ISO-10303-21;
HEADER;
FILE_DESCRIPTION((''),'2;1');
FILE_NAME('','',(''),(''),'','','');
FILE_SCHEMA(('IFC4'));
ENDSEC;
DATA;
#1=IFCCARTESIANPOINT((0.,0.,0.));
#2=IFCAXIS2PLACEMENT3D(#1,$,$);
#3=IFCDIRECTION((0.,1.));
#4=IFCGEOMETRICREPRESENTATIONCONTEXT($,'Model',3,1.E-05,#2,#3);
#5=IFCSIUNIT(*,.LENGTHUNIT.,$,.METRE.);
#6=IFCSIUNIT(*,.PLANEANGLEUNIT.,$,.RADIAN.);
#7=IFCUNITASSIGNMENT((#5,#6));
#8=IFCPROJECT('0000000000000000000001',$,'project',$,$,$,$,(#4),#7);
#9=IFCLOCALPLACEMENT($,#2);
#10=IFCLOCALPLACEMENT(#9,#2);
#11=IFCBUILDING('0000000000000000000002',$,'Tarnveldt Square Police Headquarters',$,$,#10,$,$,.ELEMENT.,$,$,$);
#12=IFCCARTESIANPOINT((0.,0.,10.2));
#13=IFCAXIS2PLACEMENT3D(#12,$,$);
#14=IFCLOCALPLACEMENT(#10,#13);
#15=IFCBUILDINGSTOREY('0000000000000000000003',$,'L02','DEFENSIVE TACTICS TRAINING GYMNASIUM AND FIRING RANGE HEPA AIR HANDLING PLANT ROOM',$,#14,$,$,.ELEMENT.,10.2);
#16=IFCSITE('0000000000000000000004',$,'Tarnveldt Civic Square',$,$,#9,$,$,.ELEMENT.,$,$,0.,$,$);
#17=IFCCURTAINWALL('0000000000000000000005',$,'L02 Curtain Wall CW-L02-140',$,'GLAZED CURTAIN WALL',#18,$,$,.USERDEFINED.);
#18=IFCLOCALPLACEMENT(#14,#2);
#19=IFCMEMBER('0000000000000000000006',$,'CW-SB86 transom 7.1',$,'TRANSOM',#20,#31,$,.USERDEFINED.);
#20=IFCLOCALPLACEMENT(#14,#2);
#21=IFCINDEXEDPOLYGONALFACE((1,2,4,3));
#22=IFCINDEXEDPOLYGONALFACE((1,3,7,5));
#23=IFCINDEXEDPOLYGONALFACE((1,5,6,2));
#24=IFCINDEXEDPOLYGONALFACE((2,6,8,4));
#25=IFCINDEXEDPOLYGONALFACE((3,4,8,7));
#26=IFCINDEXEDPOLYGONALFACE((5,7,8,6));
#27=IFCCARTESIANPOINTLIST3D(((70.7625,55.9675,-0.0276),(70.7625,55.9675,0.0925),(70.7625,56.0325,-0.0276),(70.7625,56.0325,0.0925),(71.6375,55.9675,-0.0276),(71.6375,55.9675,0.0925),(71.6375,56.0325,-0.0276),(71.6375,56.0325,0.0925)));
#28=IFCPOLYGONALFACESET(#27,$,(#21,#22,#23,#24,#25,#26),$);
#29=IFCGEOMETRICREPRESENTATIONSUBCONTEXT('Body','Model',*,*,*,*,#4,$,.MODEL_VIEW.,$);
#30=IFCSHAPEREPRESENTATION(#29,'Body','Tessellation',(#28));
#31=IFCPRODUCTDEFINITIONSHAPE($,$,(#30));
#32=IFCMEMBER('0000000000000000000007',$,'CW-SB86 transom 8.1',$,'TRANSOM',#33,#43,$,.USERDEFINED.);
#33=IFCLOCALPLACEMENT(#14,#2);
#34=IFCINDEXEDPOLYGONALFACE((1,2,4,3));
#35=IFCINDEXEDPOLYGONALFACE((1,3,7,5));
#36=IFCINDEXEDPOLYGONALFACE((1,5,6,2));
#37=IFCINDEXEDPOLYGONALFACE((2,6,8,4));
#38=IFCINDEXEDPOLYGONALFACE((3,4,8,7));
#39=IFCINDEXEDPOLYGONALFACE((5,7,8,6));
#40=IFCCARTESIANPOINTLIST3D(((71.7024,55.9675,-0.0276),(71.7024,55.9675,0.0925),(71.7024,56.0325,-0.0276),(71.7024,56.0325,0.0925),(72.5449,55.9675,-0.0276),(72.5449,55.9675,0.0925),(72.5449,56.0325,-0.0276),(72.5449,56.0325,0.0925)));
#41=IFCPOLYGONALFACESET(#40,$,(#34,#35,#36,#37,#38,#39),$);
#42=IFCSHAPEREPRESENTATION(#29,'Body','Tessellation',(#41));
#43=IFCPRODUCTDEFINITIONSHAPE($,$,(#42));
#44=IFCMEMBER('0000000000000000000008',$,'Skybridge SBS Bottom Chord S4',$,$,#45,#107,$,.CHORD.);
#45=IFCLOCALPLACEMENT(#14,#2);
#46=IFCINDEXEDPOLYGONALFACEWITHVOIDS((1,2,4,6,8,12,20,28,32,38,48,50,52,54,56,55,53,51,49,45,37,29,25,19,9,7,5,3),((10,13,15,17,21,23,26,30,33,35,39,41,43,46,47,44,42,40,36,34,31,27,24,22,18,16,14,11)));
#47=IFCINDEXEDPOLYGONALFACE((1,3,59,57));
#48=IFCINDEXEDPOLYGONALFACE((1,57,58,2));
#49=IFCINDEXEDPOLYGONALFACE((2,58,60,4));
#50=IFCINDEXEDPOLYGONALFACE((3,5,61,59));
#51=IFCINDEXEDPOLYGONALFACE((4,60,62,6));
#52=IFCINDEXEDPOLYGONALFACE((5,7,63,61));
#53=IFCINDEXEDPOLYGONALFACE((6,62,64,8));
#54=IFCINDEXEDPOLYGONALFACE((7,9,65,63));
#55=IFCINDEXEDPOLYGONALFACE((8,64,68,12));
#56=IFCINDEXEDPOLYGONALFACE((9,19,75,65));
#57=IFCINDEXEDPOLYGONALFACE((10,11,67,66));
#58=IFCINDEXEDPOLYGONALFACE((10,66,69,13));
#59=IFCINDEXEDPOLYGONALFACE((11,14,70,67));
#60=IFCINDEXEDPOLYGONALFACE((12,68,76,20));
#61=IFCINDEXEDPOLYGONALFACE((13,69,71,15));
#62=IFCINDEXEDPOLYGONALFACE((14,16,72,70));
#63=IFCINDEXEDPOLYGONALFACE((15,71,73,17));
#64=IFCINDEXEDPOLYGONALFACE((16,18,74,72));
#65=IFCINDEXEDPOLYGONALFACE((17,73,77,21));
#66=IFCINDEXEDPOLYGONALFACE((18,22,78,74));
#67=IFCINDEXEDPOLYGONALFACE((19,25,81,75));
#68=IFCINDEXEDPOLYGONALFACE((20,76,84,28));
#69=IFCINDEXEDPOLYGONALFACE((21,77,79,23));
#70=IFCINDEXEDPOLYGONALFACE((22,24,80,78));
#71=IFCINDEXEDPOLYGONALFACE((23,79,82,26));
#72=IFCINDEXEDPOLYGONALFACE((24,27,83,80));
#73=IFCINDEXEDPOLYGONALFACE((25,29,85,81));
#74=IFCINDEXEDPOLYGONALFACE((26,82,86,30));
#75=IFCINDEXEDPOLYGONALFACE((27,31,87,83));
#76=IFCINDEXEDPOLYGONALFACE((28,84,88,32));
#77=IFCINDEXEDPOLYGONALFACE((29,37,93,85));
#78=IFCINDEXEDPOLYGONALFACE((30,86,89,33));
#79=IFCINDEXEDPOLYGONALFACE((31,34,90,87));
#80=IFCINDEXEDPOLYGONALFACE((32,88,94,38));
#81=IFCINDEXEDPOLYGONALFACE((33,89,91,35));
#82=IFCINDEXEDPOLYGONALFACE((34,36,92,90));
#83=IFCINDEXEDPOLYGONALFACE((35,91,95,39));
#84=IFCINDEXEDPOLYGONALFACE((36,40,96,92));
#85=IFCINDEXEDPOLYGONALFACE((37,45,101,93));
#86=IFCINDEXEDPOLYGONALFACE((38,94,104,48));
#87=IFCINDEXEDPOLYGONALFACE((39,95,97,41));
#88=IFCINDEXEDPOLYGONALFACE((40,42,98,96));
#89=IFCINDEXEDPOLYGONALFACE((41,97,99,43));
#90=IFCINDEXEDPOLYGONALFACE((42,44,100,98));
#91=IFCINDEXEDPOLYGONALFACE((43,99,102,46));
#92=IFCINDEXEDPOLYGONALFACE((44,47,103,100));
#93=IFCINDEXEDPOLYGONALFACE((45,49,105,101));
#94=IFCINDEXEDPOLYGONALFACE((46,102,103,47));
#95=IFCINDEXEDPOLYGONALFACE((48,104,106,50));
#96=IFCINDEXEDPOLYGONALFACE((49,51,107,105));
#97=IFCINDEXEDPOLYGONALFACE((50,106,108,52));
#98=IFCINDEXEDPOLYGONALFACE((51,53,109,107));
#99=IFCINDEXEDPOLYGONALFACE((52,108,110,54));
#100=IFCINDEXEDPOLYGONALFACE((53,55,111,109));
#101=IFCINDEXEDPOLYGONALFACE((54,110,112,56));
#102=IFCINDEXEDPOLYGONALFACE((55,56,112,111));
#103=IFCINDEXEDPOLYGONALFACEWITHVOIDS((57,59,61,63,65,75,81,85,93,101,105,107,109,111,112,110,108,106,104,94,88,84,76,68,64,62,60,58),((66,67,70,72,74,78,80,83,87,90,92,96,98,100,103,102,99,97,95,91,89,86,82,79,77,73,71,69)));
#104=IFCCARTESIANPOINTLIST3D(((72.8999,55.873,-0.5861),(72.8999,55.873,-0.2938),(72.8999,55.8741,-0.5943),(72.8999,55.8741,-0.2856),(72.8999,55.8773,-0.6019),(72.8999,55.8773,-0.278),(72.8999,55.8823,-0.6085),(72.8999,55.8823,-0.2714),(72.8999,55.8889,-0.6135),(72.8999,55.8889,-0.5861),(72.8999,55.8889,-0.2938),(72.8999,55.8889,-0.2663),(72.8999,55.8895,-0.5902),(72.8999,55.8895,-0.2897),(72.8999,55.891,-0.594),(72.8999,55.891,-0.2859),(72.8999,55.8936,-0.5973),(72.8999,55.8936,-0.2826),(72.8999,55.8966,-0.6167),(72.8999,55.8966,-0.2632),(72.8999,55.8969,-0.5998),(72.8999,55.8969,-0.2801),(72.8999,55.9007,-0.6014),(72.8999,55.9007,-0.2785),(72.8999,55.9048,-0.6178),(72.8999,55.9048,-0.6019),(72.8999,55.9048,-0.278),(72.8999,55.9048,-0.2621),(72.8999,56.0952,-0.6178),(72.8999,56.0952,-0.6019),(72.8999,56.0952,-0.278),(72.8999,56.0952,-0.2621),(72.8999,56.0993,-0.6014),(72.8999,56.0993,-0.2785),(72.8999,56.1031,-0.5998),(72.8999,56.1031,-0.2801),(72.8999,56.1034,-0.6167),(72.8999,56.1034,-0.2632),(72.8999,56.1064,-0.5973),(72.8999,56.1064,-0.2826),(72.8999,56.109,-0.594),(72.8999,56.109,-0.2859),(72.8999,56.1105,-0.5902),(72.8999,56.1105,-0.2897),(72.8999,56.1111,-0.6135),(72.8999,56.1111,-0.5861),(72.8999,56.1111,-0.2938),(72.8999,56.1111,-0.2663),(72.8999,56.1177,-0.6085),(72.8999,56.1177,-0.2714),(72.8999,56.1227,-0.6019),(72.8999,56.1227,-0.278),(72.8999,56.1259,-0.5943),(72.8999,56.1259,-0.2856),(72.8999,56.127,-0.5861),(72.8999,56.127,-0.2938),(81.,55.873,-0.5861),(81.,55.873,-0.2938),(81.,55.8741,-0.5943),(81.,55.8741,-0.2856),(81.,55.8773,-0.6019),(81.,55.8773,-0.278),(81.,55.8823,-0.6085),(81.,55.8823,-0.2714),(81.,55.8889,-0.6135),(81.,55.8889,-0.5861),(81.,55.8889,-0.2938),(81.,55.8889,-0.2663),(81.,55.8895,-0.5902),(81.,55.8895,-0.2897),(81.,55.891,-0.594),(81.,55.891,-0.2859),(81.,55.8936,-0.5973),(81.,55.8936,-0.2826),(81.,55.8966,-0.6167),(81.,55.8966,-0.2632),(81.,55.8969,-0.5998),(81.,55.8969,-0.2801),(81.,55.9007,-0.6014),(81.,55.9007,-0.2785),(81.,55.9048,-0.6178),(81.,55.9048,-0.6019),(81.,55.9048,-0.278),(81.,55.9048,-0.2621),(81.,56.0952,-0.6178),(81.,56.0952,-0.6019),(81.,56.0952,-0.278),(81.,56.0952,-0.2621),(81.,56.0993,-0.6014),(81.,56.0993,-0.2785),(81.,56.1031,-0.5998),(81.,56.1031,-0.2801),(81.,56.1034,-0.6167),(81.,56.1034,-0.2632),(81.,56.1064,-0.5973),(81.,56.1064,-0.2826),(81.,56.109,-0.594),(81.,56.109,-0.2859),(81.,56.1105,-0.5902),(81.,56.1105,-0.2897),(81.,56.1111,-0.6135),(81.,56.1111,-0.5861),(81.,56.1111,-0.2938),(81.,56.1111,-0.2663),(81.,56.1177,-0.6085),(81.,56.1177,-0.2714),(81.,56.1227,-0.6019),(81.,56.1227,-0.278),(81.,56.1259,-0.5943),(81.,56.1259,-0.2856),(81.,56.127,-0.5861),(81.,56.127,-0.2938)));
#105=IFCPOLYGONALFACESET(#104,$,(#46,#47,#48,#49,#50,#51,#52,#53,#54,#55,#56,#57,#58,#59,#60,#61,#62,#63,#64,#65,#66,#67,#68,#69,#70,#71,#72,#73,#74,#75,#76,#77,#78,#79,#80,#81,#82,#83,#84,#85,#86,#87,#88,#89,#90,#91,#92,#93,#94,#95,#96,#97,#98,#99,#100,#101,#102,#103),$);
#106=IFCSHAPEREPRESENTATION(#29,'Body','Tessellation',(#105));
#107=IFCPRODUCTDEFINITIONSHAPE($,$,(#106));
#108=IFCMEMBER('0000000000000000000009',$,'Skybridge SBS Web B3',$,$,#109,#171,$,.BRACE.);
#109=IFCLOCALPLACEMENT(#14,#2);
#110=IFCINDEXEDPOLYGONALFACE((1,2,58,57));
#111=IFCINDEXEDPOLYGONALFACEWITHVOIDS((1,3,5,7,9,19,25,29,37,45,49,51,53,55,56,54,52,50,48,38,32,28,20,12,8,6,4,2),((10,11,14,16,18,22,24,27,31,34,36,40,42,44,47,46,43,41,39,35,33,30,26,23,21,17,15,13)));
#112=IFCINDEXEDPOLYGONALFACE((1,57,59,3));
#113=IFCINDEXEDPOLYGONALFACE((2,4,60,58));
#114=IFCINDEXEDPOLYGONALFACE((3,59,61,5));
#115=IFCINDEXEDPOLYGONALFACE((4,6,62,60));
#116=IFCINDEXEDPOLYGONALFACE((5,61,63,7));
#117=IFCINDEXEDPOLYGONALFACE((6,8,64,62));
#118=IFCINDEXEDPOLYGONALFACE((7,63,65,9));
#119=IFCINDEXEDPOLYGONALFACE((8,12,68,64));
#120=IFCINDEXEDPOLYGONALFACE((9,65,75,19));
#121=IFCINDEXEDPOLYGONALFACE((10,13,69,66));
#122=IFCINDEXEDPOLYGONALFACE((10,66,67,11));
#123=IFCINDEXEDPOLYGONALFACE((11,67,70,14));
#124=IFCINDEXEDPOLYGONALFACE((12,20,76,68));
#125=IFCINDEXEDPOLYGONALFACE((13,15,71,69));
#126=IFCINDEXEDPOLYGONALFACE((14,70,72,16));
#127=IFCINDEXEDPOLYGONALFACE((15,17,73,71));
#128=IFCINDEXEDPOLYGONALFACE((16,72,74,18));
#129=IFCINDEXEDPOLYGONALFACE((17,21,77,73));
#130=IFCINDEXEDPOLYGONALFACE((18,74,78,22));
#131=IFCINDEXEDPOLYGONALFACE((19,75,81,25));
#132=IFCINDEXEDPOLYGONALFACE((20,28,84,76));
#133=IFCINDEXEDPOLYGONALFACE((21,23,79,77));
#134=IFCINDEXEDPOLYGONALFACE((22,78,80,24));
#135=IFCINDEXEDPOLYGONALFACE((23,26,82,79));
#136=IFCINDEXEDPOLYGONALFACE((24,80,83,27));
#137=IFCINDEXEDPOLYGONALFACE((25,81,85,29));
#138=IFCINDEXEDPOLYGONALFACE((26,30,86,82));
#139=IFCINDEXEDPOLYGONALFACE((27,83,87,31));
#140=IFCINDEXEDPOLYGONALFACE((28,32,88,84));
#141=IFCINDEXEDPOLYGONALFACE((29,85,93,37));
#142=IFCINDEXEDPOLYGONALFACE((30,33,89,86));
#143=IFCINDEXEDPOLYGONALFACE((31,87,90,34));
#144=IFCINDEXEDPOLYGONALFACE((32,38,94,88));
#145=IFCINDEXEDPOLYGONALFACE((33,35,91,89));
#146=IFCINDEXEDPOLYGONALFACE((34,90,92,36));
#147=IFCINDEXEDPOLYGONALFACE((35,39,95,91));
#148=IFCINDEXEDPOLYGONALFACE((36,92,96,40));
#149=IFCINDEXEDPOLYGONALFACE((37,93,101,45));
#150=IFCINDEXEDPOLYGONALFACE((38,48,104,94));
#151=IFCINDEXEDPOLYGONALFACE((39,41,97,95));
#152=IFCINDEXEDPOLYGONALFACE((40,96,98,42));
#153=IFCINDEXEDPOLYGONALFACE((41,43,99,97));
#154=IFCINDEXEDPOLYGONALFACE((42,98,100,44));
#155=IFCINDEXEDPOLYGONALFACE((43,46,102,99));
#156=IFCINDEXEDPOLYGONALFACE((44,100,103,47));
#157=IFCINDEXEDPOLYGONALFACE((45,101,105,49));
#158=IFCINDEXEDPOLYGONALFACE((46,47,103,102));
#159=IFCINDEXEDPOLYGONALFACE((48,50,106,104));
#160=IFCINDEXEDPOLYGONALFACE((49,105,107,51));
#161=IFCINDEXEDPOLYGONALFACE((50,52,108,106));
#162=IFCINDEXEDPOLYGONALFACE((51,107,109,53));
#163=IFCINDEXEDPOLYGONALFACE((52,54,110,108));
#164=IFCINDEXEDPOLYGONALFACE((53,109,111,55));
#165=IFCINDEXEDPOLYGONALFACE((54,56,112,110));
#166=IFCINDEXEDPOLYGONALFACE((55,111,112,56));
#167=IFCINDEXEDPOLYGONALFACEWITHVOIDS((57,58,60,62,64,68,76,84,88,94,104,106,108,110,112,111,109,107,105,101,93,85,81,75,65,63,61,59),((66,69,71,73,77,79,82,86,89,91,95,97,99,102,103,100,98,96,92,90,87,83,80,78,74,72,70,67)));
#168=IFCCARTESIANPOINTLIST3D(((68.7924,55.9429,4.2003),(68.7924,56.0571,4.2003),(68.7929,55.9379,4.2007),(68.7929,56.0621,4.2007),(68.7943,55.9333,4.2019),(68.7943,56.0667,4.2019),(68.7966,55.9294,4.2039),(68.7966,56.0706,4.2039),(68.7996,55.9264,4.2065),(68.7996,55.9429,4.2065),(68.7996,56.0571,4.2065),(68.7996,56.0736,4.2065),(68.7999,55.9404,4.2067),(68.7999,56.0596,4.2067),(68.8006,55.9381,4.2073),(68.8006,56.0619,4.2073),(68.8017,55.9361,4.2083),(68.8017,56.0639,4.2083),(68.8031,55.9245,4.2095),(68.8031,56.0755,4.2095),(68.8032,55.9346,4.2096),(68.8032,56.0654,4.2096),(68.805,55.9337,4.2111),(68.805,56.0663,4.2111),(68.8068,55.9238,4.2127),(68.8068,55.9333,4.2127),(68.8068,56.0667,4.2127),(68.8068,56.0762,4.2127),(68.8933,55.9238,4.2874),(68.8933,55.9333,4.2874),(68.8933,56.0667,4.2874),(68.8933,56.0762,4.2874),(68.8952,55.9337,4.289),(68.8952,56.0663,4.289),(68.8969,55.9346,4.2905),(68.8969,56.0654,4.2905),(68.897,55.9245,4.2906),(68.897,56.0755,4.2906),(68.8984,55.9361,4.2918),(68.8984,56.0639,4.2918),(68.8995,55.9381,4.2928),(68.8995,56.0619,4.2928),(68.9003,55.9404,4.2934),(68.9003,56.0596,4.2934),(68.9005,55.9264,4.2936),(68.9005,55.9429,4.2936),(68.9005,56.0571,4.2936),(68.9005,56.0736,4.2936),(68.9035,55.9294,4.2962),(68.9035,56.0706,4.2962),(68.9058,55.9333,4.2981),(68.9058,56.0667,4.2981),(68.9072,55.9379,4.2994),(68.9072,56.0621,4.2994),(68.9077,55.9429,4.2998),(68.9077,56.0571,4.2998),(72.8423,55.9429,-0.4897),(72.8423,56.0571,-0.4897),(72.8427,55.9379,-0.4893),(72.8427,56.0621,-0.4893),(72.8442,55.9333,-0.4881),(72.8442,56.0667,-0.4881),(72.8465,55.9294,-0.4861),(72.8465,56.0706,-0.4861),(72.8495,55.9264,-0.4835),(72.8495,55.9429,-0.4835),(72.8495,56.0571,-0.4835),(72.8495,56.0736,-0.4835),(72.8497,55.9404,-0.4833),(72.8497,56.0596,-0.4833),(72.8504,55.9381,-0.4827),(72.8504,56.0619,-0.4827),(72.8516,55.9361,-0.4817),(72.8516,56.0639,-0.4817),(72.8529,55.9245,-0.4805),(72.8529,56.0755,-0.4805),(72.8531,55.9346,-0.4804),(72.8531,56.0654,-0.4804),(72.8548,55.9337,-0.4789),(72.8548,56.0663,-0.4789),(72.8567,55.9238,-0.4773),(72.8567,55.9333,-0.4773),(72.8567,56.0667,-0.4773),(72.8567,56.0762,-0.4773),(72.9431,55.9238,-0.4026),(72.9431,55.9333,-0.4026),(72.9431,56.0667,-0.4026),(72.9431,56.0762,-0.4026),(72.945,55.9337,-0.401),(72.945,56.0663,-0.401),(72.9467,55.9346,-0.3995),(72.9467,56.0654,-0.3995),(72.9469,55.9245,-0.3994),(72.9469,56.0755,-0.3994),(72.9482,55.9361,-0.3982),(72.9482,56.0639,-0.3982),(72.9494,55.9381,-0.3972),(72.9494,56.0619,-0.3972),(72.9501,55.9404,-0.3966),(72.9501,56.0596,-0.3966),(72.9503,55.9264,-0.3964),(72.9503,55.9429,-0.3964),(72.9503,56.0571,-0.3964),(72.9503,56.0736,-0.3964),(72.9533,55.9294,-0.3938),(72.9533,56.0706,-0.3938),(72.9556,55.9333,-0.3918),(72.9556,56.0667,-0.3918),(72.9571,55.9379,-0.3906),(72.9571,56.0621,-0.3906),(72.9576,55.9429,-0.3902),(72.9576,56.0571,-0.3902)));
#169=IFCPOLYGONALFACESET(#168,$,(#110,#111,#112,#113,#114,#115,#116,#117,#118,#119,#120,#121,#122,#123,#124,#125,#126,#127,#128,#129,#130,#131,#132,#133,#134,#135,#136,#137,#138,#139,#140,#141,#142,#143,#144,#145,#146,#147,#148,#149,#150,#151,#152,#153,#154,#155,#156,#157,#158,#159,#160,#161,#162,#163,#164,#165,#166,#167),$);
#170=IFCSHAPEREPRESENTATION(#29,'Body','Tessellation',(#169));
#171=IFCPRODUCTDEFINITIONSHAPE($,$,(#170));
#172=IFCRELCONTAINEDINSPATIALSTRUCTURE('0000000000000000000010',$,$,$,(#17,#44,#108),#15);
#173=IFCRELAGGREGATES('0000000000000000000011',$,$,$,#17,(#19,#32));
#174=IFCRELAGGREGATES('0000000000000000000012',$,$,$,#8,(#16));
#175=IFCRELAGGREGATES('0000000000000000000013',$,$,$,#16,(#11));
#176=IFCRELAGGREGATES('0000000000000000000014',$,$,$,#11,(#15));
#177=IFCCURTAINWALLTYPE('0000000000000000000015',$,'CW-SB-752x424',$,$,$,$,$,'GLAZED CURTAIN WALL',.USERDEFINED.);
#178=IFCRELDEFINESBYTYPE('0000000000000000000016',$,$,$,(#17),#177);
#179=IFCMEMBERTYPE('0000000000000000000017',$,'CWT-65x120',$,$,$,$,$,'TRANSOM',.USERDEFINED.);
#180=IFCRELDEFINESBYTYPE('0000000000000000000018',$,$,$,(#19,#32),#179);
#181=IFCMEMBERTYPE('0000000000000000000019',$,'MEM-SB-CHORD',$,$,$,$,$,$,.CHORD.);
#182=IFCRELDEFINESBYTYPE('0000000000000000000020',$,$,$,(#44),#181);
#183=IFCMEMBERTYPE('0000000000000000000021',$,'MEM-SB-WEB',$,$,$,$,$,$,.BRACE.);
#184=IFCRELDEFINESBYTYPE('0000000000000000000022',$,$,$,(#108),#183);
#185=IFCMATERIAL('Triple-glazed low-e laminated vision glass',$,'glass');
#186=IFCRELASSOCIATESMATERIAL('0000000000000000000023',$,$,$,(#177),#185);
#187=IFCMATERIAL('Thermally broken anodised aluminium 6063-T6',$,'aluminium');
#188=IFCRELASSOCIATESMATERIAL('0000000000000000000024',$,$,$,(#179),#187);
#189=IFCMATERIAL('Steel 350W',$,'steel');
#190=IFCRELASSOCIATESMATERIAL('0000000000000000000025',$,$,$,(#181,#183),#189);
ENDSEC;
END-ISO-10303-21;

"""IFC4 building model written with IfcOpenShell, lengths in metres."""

from ifc_helpers import new_model, si_unit, direction, frame, origin, origin_2d, place, context, subcontext, project, spatial, rectangle, hollow_rectangle, extrude, material, material_profile, profile_set, type_object, element, aggregate, save


model = new_model("IFC4")

# Units and contexts
model_context = context("Model", 3, precision=1e-05, world=origin(), true_north=direction((0.0, 1.0)))
body_context = subcontext(model_context, "Body", "Model", "MODEL_VIEW")
ifc_project = project(units=[si_unit("LENGTHUNIT", "METRE"), si_unit("PLANEANGLEUNIT", "RADIAN")], contexts=[model_context])

# Site, building, storey
site_placement = place(None, origin())
site = spatial("IfcSite", under=ifc_project, at=site_placement, Name="Tarnveldt Civic Square", CompositionType="ELEMENT", RefElevation=0.0)
building_placement = place(site_placement, origin())
building = spatial("IfcBuilding", under=site, at=building_placement, Name="Tarnveldt Square Police Headquarters", CompositionType="ELEMENT")
storey_placement = place(building_placement, frame((0.0, 0.0, 10.2)))
storey = spatial("IfcBuildingStorey", under=building, at=storey_placement, Name="L02", Description="DEFENSIVE TACTICS TRAINING GYMNASIUM AND FIRING RANGE HEPA AIR HANDLING PLANT ROOM", CompositionType="ELEMENT", Elevation=10.2)

# Shared definitions
ifc_material_1 = material(Name="Steel 350W", Category="steel")

# Curtain wall
ifc_material_2 = material(Name="Triple-glazed low-e laminated vision glass", Category="glass")
curtain_wall_type = type_object("IfcCurtainWallType", Name="CW-SB-752x424", ElementType="GLAZED CURTAIN WALL", PredefinedType="USERDEFINED", material=ifc_material_2)
curtain_wall_1_placement = place(storey_placement, origin())
curtain_wall_1 = element("IfcCurtainWall", 1, at=curtain_wall_1_placement, inside=storey, type_object=curtain_wall_type, Name="L02 Curtain Wall CW-L02-140", ObjectType="GLAZED CURTAIN WALL", PredefinedType="USERDEFINED")
ifc_material_3 = material(Name="Thermally broken anodised aluminium 6063-T6", Category="aluminium")

# Members
ifc_material_profile_1 = material_profile(ifc_material_3, rectangle(XDim=0.0649, YDim=0.1201, at=origin_2d()), Name="CW-T65x120")
ifc_profile_set_1 = profile_set([ifc_material_profile_1], Name="Thermally broken anodised aluminium 6063-T6")
member_type_1 = type_object("IfcMemberType", Name="CWT-65x120", ElementType="TRANSOM", PredefinedType="USERDEFINED", material=ifc_profile_set_1)
member_1_placement = place(storey_placement, frame((70.7625, 56.0, 0.0325), z_axis=(1.0, 0.0, 0.0), x_axis=(0.0, 1.0, 0.0)))
member_1 = element("IfcMember", 2, at=member_1_placement, type_object=member_type_1, Name="CW-SB86 transom 7.1", ObjectType="TRANSOM", PredefinedType="USERDEFINED", context=body_context, shape_type="SweptSolid", body=[
    extrude(rectangle(XDim=0.0649, YDim=0.1201, at=origin_2d()), origin(), (0.0, 0.0, 1.0), 0.875),
])
member_2_placement = place(storey_placement, frame((71.7024, 56.0, 0.0325), z_axis=(1.0, 0.0, 0.0), x_axis=(0.0, 1.0, 0.0)))
member_2 = element("IfcMember", 3, at=member_2_placement, type_object=member_type_1, Name="CW-SB86 transom 8.1", ObjectType="TRANSOM", PredefinedType="USERDEFINED", context=body_context, shape_type="SweptSolid", body=[
    extrude(rectangle(XDim=0.0649, YDim=0.1201, at=origin_2d()), origin(), (0.0, 0.0, 1.0), 0.8425),
])

# Members
ifc_material_profile_2 = material_profile(ifc_material_1, hollow_rectangle(XDim=0.2539, YDim=0.3557, WallThickness=0.0159, InnerFilletRadius=0.0159, OuterFilletRadius=0.0317, at=origin_2d()), Name="HSS356x254x16")
ifc_profile_set_2 = profile_set([ifc_material_profile_2], Name="Steel 350W")
member_type_2 = type_object("IfcMemberType", Name="MEM-SB-CHORD", PredefinedType="CHORD", material=ifc_profile_set_2)
member_3_placement = place(storey_placement, frame((72.8999, 56.0, -0.4399), z_axis=(1.0, 0.0, 0.0), x_axis=(0.0, 1.0, 0.0)))
element("IfcMember", 4, at=member_3_placement, inside=storey, type_object=member_type_2, Name="Skybridge SBS Bottom Chord S4", PredefinedType="CHORD", context=body_context, shape_type="SweptSolid", body=[
    extrude(hollow_rectangle(XDim=0.2539, YDim=0.3557, WallThickness=0.0159, InnerFilletRadius=0.0159, OuterFilletRadius=0.0317, at=origin_2d()), origin(), (0.0, 0.0, 1.0), 8.1001),
])
ifc_material_profile_3 = material_profile(ifc_material_1, hollow_rectangle(XDim=0.1523, YDim=0.1523, WallThickness=0.0095, InnerFilletRadius=0.0095, OuterFilletRadius=0.019, at=origin_2d()), Name="HSS152x152x9.5")
ifc_profile_set_3 = profile_set([ifc_material_profile_3], Name="Steel 350W")
member_type_3 = type_object("IfcMemberType", Name="MEM-SB-WEB", PredefinedType="BRACE", material=ifc_profile_set_3)
for number, where, z_axis, x_axis, name in (
    (5, (72.8999, 56.0, -0.4399), (-0.653564, 0.0, 0.756871), (0.0, -1.0, 0.0), "Skybridge SBS Web B3"),
):
    element("IfcMember", number, at=place(storey_placement, frame(where, z_axis=z_axis, x_axis=x_axis)), inside=storey, type_object=member_type_3, Name=name, PredefinedType="BRACE", context=body_context, shape_type="SweptSolid", body=[
        extrude(hollow_rectangle(XDim=0.1523, YDim=0.1523, WallThickness=0.0095, InnerFilletRadius=0.0095, OuterFilletRadius=0.019, at=origin_2d()), origin(), (0.0, 0.0, 1.0), 6.1965),
    ])

aggregate(curtain_wall_1, [member_1, member_2])

save(model, "model.ifc")
